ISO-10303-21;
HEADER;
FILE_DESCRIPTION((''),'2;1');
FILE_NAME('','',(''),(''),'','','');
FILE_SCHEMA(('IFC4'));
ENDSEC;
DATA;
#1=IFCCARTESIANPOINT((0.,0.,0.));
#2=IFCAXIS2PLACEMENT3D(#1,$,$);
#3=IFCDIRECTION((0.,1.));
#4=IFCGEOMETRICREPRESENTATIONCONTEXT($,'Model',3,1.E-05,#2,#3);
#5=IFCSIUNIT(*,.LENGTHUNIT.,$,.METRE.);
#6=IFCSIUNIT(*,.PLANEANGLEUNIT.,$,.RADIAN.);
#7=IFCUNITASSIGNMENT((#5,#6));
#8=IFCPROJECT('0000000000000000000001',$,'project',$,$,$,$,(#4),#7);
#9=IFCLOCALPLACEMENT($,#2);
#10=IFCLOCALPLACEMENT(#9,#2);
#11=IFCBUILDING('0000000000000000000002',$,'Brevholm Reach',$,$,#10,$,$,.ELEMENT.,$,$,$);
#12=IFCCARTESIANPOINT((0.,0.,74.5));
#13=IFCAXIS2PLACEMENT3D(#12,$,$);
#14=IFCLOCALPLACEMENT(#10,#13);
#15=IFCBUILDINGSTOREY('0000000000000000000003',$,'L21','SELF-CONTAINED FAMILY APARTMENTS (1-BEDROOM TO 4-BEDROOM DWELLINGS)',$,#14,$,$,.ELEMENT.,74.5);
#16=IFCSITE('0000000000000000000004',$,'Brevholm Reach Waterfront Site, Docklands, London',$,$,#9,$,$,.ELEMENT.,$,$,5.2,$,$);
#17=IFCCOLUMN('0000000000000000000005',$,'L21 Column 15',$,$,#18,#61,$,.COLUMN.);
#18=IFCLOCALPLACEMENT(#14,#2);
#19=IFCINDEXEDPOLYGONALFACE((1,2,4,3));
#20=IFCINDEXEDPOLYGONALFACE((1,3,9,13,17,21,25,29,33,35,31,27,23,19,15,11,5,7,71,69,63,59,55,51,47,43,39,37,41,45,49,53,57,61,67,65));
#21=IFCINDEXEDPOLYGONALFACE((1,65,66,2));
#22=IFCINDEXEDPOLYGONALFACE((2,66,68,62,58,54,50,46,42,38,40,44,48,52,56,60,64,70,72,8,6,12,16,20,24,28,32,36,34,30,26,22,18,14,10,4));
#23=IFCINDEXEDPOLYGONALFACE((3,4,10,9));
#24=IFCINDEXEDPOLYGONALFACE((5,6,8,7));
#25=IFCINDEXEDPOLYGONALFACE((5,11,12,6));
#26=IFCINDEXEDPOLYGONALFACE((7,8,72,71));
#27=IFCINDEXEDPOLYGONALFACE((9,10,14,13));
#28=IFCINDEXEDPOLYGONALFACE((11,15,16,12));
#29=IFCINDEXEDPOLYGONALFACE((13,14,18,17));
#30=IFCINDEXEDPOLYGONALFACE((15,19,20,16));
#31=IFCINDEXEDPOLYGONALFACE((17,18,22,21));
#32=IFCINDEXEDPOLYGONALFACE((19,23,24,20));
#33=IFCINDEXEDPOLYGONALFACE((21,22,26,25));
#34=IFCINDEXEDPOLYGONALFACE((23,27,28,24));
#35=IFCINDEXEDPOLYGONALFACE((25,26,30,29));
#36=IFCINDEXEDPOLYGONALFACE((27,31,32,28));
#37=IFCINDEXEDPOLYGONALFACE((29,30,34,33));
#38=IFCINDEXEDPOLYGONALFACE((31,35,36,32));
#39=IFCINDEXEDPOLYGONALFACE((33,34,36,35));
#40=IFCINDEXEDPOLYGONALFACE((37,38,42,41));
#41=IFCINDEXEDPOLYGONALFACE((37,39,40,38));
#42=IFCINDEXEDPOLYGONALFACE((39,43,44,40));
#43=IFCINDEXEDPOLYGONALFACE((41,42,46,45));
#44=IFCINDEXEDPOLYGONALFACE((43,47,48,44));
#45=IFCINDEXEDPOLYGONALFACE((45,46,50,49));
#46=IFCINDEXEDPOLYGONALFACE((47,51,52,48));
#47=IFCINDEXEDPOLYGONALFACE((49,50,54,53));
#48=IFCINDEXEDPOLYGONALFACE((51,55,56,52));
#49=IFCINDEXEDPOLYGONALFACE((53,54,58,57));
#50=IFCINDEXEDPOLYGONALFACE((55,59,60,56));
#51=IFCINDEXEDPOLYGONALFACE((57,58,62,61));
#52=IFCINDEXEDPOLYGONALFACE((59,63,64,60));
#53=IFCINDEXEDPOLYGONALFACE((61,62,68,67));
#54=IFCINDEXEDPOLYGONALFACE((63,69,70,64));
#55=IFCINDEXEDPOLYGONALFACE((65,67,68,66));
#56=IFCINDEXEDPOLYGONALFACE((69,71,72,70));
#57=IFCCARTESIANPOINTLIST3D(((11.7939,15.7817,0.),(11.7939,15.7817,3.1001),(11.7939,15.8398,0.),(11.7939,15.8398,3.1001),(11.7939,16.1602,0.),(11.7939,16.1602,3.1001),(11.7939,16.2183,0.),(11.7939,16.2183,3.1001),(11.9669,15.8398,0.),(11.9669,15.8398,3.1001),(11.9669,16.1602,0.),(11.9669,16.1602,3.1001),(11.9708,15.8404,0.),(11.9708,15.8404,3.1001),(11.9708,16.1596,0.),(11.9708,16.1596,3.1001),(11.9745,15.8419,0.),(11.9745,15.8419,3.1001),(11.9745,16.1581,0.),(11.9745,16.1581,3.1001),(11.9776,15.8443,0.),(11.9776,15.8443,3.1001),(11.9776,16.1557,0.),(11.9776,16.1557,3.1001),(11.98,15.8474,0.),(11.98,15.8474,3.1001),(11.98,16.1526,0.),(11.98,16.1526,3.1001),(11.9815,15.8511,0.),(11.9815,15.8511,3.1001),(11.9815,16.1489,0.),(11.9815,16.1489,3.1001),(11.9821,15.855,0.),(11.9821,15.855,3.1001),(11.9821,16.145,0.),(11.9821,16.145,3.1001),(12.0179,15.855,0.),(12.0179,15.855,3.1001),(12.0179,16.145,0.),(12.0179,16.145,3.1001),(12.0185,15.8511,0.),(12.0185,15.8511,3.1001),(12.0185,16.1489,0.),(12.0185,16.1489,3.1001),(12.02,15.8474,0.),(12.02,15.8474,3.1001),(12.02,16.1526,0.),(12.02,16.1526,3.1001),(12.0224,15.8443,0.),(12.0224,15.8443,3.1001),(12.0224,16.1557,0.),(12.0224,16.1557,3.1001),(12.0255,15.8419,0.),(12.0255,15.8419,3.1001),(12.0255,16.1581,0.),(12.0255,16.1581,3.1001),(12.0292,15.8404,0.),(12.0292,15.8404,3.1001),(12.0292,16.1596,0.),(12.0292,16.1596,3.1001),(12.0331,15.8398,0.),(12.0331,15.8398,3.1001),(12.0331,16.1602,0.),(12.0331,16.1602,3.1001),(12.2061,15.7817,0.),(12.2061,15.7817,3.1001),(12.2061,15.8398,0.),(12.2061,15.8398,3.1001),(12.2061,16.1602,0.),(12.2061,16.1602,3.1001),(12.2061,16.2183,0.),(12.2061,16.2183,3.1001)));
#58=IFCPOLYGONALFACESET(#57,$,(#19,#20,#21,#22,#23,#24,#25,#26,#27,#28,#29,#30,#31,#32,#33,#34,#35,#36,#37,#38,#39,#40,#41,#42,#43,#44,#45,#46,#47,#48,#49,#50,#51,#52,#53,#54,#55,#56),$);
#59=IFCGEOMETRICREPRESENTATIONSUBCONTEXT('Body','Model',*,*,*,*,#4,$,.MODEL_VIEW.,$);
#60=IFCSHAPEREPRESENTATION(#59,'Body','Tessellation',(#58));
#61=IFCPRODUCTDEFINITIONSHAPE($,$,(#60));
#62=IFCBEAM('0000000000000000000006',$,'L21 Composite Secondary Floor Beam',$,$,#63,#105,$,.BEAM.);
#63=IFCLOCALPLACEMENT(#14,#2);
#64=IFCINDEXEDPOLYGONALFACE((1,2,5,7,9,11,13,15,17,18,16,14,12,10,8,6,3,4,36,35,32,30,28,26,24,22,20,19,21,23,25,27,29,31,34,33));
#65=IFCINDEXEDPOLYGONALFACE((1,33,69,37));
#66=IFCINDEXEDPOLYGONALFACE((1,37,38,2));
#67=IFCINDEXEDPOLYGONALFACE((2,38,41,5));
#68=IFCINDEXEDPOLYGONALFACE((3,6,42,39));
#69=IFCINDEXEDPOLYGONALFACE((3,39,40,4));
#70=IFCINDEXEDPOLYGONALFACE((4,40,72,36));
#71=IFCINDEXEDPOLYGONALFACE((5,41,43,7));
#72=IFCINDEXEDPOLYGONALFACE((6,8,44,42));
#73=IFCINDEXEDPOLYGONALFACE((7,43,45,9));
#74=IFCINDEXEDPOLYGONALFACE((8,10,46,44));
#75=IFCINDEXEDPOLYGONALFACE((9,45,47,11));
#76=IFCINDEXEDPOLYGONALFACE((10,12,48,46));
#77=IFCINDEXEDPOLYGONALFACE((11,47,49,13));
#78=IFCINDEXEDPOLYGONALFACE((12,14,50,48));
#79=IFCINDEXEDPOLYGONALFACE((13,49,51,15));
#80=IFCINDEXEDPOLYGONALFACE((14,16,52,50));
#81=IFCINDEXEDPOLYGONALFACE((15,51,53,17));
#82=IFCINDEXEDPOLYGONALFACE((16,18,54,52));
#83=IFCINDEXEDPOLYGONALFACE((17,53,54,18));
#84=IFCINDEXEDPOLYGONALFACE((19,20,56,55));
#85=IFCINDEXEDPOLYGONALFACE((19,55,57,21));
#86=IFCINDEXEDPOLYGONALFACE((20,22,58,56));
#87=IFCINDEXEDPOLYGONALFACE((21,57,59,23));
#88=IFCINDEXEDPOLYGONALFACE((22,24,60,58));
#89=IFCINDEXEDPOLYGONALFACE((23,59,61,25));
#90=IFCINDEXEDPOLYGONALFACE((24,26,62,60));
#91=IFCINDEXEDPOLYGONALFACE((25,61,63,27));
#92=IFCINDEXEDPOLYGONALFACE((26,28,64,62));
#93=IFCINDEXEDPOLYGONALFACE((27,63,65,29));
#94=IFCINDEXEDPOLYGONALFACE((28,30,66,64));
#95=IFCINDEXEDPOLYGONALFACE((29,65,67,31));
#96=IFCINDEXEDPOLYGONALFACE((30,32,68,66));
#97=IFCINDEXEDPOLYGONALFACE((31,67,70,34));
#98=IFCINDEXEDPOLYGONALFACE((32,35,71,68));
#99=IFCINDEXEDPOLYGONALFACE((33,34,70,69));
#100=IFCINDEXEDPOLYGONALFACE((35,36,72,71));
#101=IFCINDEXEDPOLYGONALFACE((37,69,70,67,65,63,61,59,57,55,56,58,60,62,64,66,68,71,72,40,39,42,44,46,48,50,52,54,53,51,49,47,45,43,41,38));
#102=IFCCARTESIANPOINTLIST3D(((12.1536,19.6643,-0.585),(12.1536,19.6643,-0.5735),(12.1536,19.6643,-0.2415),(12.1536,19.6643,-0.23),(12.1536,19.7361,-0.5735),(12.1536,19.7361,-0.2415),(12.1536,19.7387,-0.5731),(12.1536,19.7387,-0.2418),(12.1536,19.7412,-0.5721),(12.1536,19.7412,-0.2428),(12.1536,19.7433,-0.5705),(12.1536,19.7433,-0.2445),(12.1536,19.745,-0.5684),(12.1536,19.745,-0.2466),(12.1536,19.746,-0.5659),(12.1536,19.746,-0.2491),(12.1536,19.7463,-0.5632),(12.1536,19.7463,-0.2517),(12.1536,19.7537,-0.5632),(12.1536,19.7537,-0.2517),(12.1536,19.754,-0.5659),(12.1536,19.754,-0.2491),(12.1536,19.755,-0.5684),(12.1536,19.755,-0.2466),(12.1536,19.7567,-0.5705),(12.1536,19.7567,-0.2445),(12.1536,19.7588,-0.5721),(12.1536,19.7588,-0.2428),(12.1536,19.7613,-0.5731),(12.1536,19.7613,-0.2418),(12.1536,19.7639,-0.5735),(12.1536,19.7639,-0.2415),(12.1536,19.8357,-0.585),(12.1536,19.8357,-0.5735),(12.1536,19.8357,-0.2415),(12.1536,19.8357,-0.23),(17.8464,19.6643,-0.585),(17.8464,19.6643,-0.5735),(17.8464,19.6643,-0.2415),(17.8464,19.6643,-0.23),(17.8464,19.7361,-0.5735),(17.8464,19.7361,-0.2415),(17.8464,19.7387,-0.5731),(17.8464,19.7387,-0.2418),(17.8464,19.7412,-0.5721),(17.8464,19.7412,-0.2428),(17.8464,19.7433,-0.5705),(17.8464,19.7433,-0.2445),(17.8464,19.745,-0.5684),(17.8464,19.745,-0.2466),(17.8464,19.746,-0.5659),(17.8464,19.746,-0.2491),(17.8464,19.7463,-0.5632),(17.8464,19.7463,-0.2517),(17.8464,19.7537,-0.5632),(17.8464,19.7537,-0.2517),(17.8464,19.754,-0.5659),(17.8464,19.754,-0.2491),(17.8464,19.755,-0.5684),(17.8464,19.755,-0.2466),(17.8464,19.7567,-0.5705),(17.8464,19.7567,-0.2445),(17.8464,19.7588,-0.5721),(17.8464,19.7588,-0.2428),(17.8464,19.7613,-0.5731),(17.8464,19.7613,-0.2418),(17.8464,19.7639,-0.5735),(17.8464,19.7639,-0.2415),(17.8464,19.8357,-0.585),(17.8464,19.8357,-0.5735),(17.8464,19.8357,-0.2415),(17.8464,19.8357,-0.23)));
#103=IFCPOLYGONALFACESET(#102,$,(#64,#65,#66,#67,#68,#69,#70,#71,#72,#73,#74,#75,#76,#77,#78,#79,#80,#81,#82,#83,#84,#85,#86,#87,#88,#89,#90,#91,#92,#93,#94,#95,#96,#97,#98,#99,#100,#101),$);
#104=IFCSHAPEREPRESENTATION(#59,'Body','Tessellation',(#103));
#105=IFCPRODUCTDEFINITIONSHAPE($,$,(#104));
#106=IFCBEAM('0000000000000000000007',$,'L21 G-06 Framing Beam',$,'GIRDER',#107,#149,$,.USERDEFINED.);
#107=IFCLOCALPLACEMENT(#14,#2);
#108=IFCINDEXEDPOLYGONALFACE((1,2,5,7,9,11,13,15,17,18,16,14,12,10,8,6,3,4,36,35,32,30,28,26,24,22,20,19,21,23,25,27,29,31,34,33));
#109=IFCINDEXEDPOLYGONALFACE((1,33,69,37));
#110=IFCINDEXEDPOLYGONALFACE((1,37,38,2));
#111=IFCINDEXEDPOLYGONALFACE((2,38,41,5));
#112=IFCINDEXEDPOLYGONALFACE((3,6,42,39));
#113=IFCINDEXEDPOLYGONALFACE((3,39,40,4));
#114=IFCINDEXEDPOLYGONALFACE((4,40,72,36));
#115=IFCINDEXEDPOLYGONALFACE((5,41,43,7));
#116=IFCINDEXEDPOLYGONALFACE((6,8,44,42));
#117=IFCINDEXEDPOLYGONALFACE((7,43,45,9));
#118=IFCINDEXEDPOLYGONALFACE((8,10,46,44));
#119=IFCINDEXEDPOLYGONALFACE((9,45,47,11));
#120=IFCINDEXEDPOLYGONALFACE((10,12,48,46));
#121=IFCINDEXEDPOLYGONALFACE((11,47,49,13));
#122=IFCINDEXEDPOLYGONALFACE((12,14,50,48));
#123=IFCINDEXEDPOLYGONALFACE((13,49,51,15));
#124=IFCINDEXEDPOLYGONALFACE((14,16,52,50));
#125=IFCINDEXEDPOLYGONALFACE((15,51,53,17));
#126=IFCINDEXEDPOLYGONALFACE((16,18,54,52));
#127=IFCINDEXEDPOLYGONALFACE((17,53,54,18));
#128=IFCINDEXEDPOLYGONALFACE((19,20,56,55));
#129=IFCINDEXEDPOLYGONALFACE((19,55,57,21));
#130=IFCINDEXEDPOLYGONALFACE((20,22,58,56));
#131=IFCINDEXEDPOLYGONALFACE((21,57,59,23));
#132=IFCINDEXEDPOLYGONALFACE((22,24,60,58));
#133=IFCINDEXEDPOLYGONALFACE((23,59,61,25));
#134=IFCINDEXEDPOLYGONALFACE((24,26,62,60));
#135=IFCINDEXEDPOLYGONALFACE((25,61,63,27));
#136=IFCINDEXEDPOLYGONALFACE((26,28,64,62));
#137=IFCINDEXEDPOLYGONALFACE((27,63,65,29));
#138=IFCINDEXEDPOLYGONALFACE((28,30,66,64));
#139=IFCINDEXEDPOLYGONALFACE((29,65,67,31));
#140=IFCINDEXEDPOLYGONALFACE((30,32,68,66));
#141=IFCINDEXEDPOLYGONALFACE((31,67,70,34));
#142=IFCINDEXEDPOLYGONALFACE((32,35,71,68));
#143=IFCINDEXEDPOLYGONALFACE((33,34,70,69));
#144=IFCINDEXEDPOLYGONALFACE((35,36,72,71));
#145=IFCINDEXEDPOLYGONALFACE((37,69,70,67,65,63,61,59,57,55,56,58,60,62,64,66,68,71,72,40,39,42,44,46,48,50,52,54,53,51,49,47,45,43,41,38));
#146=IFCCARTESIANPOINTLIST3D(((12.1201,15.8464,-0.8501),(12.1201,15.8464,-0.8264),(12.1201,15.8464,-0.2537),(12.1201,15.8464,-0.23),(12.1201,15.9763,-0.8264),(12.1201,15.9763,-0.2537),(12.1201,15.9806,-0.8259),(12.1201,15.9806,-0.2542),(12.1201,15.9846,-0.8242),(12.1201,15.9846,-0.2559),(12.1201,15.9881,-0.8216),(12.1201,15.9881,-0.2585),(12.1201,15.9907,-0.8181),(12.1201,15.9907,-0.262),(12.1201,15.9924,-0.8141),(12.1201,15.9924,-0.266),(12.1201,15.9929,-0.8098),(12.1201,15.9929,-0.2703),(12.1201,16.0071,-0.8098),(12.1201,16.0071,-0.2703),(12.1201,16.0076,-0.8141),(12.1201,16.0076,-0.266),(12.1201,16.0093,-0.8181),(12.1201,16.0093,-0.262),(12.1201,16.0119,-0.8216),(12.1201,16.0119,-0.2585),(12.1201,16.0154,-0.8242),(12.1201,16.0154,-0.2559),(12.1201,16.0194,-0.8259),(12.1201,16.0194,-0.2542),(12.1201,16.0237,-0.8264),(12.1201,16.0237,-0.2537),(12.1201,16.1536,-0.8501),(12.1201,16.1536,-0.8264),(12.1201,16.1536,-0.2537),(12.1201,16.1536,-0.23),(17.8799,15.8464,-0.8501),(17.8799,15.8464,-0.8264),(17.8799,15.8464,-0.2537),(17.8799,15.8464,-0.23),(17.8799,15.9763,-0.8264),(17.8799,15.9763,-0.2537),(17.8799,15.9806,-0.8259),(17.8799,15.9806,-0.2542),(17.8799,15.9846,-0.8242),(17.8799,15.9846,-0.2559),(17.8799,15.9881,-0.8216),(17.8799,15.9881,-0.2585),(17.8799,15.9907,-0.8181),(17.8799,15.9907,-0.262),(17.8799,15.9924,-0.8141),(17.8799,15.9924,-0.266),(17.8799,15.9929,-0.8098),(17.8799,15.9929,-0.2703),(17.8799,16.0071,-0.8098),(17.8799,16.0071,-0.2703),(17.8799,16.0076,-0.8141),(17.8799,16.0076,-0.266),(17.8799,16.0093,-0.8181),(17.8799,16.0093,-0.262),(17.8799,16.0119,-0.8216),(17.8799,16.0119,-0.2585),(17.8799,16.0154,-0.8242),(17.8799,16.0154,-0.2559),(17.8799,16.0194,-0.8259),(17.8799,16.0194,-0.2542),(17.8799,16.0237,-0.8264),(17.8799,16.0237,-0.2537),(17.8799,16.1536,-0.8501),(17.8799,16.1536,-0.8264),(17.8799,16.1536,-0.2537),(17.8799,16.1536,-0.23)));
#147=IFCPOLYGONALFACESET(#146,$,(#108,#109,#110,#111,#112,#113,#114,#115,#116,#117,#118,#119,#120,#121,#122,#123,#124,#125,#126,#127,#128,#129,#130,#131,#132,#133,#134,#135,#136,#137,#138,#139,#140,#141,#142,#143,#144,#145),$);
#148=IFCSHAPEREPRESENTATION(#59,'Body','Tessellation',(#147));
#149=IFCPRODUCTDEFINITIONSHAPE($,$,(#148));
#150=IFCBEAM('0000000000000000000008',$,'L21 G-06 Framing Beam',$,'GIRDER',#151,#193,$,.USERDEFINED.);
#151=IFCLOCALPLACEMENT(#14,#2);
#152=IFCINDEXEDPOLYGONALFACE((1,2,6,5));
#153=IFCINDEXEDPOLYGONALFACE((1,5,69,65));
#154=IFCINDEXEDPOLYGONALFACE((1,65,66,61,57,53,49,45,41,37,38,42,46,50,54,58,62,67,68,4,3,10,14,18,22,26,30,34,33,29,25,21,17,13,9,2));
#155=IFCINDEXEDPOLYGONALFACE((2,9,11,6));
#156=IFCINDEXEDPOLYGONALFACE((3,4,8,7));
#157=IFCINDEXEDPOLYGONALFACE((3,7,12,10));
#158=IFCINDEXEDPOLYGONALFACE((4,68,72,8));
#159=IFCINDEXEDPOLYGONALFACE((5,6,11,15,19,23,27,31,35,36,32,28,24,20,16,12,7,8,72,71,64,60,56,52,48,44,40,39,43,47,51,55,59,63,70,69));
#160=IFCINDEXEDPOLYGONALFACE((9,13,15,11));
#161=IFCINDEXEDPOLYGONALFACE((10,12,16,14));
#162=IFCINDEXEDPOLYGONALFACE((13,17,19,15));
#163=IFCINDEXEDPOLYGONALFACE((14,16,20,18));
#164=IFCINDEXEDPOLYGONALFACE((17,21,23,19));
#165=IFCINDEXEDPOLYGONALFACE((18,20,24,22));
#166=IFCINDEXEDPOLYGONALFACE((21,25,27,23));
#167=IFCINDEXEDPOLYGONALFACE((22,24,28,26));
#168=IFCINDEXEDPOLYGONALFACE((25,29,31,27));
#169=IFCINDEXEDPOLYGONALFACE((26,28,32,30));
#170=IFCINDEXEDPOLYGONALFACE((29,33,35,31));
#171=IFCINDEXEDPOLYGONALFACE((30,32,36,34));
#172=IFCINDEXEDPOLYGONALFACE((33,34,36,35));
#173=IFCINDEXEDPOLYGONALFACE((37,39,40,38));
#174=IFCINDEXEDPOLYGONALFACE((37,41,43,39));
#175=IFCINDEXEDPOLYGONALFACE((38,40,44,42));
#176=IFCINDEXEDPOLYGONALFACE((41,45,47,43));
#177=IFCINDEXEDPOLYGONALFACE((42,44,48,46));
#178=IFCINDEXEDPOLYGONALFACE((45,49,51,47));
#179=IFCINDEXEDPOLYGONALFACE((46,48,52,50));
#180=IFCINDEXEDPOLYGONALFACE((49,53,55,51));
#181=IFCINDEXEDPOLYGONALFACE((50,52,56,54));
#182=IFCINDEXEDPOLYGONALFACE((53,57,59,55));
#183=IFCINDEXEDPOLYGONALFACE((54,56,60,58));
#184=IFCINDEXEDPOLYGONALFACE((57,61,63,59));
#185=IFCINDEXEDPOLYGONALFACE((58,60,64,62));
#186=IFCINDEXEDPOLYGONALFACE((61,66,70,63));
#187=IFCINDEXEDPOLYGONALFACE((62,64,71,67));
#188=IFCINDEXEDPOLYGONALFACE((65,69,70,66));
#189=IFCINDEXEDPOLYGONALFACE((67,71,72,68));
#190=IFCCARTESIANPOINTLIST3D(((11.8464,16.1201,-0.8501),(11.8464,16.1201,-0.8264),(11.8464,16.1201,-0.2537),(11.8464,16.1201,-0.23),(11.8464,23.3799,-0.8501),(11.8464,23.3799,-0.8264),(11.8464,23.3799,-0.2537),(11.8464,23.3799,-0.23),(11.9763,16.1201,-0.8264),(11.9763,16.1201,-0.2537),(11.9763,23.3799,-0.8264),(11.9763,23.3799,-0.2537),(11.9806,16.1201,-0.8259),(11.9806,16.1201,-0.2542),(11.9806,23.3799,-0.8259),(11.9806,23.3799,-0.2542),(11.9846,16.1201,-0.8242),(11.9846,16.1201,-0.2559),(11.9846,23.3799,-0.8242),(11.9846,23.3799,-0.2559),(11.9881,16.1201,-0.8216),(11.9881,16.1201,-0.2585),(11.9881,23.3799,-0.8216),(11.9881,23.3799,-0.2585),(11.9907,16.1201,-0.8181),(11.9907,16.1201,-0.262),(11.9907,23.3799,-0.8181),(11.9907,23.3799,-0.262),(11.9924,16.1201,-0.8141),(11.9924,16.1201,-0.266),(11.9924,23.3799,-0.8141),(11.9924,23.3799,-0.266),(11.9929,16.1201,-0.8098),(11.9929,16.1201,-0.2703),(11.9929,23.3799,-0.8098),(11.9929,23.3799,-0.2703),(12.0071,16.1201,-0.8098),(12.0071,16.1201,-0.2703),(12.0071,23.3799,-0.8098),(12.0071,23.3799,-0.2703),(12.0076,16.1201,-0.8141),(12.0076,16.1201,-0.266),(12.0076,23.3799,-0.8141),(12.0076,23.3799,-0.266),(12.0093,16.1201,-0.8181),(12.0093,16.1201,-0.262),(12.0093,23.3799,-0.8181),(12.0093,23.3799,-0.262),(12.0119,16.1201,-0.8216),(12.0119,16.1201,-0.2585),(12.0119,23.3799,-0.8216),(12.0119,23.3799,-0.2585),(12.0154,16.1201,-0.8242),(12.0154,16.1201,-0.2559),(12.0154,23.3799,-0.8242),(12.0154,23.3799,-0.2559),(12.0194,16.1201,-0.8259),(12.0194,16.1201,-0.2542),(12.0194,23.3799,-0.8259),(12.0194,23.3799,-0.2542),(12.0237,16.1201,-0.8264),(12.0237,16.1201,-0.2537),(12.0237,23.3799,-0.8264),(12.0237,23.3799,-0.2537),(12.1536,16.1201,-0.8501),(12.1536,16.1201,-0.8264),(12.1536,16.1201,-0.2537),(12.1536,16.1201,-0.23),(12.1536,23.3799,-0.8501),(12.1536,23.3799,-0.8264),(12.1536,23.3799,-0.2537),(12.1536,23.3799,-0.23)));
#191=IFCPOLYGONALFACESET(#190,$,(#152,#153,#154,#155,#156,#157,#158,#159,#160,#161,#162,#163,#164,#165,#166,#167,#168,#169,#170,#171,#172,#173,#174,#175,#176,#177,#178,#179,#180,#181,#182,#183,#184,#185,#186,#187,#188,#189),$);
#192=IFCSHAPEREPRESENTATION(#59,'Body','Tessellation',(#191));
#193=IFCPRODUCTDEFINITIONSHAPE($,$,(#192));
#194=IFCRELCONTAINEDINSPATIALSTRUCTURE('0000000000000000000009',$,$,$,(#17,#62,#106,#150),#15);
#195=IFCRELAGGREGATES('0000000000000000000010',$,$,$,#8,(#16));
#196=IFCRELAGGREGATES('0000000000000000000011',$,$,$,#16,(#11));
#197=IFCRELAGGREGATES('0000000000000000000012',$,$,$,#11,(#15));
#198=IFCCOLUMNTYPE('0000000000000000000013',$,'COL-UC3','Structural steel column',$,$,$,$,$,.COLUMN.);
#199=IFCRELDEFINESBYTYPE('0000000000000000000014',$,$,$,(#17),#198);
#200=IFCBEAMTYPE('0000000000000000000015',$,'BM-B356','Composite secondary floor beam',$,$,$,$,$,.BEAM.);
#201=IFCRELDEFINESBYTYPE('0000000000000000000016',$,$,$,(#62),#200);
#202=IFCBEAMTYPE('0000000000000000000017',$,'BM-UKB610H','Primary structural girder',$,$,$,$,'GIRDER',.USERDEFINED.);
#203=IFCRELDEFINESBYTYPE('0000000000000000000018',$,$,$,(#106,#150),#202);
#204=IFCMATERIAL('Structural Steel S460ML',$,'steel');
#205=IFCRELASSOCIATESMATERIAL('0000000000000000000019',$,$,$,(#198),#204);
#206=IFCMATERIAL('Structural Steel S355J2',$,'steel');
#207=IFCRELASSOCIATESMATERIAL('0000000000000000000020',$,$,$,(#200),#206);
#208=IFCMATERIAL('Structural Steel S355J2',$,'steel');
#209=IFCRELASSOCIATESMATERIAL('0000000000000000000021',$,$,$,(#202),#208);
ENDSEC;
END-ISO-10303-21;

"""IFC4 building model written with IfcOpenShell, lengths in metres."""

from ifc_helpers import new_model, si_unit, direction, frame, origin, origin_2d, place, context, subcontext, project, spatial, i_section, extrude, material, material_profile, profile_set, type_object, element, save


model = new_model("IFC4")

# Units and contexts
model_context = context("Model", 3, precision=1e-05, world=origin(), true_north=direction((0.0, 1.0)))
body_context = subcontext(model_context, "Body", "Model", "MODEL_VIEW")
ifc_project = project(units=[si_unit("LENGTHUNIT", "METRE"), si_unit("PLANEANGLEUNIT", "RADIAN")], contexts=[model_context])

# Site, building, storey
site_placement = place(None, origin())
site = spatial("IfcSite", under=ifc_project, at=site_placement, Name="Brevholm Reach Waterfront Site, Docklands, London", CompositionType="ELEMENT", RefElevation=5.2)
building_placement = place(site_placement, origin())
building = spatial("IfcBuilding", under=site, at=building_placement, Name="Brevholm Reach", CompositionType="ELEMENT")
storey_placement = place(building_placement, frame((0.0, 0.0, 74.5)))
storey = spatial("IfcBuildingStorey", under=building, at=storey_placement, Name="L21", Description="SELF-CONTAINED FAMILY APARTMENTS (1-BEDROOM TO 4-BEDROOM DWELLINGS)", CompositionType="ELEMENT", Elevation=74.5)

# Column
ifc_material_1 = material(Name="Structural Steel S460ML", Category="steel")
ifc_material_profile_1 = material_profile(ifc_material_1, i_section(OverallWidth=0.4121, OverallDepth=0.4365, WebThickness=0.0359, FlangeThickness=0.0581, FilletRadius=0.0151, at=origin_2d()), Name="UKC 356x406x467")
ifc_profile_set_1 = profile_set([ifc_material_profile_1], Name="Structural Steel S460ML")
column_type = type_object("IfcColumnType", Name="COL-UC3", Description="Structural steel column", PredefinedType="COLUMN", material=ifc_profile_set_1)
column_placement = place(storey_placement, frame((12.0, 16.0, 0.0), z_axis=(0.0, 0.0, 1.0), x_axis=(1.0, 0.0, 0.0)))
element("IfcColumn", 1, at=column_placement, inside=storey, type_object=column_type, Name="L21 Column 15", PredefinedType="COLUMN", context=body_context, shape_type="SweptSolid", body=[
    extrude(i_section(OverallWidth=0.4121, OverallDepth=0.4365, WebThickness=0.0359, FlangeThickness=0.0581, FilletRadius=0.0151, at=origin_2d()), origin(), (0.0, 0.0, 1.0), 3.1001),
])

# Beams
ifc_material_2 = material(Name="Structural Steel S355J2", Category="steel")
ifc_material_profile_2 = material_profile(ifc_material_2, i_section(OverallWidth=0.1714, OverallDepth=0.355, WebThickness=0.0073, FlangeThickness=0.0115, FilletRadius=0.0103, at=origin_2d()), Name="UKB 356x171x51")
ifc_profile_set_2 = profile_set([ifc_material_profile_2], Name="Structural Steel S355J2")
beam_type_1 = type_object("IfcBeamType", Name="BM-B356", Description="Composite secondary floor beam", PredefinedType="BEAM", material=ifc_profile_set_2)
beam_1_placement = place(storey_placement, frame((12.1536, 19.75, -0.4075), z_axis=(1.0, 0.0, 0.0), x_axis=(0.0, 1.0, 0.0)))
element("IfcBeam", 2, at=beam_1_placement, inside=storey, type_object=beam_type_1, Name="L21 Composite Secondary Floor Beam", PredefinedType="BEAM", context=body_context, shape_type="SweptSolid", body=[
    extrude(i_section(OverallWidth=0.1714, OverallDepth=0.355, WebThickness=0.0073, FlangeThickness=0.0115, FilletRadius=0.0103, at=origin_2d()), origin(), (0.0, 0.0, 1.0), 5.6929),
])
ifc_material_3 = material(Name="Structural Steel S355J2", Category="steel")
ifc_material_profile_3 = material_profile(ifc_material_3, i_section(OverallWidth=0.3071, OverallDepth=0.6201, WebThickness=0.0142, FlangeThickness=0.0237, FilletRadius=0.0166, at=origin_2d()), Name="UKB 610x305x179")
ifc_profile_set_3 = profile_set([ifc_material_profile_3], Name="Structural Steel S355J2")
beam_type_2 = type_object("IfcBeamType", Name="BM-UKB610H", Description="Primary structural girder", ElementType="GIRDER", PredefinedType="USERDEFINED", material=ifc_profile_set_3)
beam_2_placement = place(storey_placement, frame((12.1201, 16.0, -0.54), z_axis=(1.0, 0.0, 0.0), x_axis=(0.0, 1.0, 0.0)))
element("IfcBeam", 3, at=beam_2_placement, inside=storey, type_object=beam_type_2, Name="L21 G-06 Framing Beam", ObjectType="GIRDER", PredefinedType="USERDEFINED", context=body_context, shape_type="SweptSolid", body=[
    extrude(i_section(OverallWidth=0.3071, OverallDepth=0.6201, WebThickness=0.0142, FlangeThickness=0.0237, FilletRadius=0.0166, at=origin_2d()), origin(), (0.0, 0.0, 1.0), 5.7598),
])
beam_3_placement = place(storey_placement, frame((12.0, 16.1201, -0.54), z_axis=(0.0, 1.0, 0.0), x_axis=(-1.0, 0.0, 0.0)))
element("IfcBeam", 4, at=beam_3_placement, inside=storey, type_object=beam_type_2, Name="L21 G-06 Framing Beam", ObjectType="GIRDER", PredefinedType="USERDEFINED", context=body_context, shape_type="SweptSolid", body=[
    extrude(i_section(OverallWidth=0.3071, OverallDepth=0.6201, WebThickness=0.0142, FlangeThickness=0.0237, FilletRadius=0.0166, at=origin_2d()), origin(), (0.0, 0.0, 1.0), 7.2598),
])

save(model, "model.ifc")
